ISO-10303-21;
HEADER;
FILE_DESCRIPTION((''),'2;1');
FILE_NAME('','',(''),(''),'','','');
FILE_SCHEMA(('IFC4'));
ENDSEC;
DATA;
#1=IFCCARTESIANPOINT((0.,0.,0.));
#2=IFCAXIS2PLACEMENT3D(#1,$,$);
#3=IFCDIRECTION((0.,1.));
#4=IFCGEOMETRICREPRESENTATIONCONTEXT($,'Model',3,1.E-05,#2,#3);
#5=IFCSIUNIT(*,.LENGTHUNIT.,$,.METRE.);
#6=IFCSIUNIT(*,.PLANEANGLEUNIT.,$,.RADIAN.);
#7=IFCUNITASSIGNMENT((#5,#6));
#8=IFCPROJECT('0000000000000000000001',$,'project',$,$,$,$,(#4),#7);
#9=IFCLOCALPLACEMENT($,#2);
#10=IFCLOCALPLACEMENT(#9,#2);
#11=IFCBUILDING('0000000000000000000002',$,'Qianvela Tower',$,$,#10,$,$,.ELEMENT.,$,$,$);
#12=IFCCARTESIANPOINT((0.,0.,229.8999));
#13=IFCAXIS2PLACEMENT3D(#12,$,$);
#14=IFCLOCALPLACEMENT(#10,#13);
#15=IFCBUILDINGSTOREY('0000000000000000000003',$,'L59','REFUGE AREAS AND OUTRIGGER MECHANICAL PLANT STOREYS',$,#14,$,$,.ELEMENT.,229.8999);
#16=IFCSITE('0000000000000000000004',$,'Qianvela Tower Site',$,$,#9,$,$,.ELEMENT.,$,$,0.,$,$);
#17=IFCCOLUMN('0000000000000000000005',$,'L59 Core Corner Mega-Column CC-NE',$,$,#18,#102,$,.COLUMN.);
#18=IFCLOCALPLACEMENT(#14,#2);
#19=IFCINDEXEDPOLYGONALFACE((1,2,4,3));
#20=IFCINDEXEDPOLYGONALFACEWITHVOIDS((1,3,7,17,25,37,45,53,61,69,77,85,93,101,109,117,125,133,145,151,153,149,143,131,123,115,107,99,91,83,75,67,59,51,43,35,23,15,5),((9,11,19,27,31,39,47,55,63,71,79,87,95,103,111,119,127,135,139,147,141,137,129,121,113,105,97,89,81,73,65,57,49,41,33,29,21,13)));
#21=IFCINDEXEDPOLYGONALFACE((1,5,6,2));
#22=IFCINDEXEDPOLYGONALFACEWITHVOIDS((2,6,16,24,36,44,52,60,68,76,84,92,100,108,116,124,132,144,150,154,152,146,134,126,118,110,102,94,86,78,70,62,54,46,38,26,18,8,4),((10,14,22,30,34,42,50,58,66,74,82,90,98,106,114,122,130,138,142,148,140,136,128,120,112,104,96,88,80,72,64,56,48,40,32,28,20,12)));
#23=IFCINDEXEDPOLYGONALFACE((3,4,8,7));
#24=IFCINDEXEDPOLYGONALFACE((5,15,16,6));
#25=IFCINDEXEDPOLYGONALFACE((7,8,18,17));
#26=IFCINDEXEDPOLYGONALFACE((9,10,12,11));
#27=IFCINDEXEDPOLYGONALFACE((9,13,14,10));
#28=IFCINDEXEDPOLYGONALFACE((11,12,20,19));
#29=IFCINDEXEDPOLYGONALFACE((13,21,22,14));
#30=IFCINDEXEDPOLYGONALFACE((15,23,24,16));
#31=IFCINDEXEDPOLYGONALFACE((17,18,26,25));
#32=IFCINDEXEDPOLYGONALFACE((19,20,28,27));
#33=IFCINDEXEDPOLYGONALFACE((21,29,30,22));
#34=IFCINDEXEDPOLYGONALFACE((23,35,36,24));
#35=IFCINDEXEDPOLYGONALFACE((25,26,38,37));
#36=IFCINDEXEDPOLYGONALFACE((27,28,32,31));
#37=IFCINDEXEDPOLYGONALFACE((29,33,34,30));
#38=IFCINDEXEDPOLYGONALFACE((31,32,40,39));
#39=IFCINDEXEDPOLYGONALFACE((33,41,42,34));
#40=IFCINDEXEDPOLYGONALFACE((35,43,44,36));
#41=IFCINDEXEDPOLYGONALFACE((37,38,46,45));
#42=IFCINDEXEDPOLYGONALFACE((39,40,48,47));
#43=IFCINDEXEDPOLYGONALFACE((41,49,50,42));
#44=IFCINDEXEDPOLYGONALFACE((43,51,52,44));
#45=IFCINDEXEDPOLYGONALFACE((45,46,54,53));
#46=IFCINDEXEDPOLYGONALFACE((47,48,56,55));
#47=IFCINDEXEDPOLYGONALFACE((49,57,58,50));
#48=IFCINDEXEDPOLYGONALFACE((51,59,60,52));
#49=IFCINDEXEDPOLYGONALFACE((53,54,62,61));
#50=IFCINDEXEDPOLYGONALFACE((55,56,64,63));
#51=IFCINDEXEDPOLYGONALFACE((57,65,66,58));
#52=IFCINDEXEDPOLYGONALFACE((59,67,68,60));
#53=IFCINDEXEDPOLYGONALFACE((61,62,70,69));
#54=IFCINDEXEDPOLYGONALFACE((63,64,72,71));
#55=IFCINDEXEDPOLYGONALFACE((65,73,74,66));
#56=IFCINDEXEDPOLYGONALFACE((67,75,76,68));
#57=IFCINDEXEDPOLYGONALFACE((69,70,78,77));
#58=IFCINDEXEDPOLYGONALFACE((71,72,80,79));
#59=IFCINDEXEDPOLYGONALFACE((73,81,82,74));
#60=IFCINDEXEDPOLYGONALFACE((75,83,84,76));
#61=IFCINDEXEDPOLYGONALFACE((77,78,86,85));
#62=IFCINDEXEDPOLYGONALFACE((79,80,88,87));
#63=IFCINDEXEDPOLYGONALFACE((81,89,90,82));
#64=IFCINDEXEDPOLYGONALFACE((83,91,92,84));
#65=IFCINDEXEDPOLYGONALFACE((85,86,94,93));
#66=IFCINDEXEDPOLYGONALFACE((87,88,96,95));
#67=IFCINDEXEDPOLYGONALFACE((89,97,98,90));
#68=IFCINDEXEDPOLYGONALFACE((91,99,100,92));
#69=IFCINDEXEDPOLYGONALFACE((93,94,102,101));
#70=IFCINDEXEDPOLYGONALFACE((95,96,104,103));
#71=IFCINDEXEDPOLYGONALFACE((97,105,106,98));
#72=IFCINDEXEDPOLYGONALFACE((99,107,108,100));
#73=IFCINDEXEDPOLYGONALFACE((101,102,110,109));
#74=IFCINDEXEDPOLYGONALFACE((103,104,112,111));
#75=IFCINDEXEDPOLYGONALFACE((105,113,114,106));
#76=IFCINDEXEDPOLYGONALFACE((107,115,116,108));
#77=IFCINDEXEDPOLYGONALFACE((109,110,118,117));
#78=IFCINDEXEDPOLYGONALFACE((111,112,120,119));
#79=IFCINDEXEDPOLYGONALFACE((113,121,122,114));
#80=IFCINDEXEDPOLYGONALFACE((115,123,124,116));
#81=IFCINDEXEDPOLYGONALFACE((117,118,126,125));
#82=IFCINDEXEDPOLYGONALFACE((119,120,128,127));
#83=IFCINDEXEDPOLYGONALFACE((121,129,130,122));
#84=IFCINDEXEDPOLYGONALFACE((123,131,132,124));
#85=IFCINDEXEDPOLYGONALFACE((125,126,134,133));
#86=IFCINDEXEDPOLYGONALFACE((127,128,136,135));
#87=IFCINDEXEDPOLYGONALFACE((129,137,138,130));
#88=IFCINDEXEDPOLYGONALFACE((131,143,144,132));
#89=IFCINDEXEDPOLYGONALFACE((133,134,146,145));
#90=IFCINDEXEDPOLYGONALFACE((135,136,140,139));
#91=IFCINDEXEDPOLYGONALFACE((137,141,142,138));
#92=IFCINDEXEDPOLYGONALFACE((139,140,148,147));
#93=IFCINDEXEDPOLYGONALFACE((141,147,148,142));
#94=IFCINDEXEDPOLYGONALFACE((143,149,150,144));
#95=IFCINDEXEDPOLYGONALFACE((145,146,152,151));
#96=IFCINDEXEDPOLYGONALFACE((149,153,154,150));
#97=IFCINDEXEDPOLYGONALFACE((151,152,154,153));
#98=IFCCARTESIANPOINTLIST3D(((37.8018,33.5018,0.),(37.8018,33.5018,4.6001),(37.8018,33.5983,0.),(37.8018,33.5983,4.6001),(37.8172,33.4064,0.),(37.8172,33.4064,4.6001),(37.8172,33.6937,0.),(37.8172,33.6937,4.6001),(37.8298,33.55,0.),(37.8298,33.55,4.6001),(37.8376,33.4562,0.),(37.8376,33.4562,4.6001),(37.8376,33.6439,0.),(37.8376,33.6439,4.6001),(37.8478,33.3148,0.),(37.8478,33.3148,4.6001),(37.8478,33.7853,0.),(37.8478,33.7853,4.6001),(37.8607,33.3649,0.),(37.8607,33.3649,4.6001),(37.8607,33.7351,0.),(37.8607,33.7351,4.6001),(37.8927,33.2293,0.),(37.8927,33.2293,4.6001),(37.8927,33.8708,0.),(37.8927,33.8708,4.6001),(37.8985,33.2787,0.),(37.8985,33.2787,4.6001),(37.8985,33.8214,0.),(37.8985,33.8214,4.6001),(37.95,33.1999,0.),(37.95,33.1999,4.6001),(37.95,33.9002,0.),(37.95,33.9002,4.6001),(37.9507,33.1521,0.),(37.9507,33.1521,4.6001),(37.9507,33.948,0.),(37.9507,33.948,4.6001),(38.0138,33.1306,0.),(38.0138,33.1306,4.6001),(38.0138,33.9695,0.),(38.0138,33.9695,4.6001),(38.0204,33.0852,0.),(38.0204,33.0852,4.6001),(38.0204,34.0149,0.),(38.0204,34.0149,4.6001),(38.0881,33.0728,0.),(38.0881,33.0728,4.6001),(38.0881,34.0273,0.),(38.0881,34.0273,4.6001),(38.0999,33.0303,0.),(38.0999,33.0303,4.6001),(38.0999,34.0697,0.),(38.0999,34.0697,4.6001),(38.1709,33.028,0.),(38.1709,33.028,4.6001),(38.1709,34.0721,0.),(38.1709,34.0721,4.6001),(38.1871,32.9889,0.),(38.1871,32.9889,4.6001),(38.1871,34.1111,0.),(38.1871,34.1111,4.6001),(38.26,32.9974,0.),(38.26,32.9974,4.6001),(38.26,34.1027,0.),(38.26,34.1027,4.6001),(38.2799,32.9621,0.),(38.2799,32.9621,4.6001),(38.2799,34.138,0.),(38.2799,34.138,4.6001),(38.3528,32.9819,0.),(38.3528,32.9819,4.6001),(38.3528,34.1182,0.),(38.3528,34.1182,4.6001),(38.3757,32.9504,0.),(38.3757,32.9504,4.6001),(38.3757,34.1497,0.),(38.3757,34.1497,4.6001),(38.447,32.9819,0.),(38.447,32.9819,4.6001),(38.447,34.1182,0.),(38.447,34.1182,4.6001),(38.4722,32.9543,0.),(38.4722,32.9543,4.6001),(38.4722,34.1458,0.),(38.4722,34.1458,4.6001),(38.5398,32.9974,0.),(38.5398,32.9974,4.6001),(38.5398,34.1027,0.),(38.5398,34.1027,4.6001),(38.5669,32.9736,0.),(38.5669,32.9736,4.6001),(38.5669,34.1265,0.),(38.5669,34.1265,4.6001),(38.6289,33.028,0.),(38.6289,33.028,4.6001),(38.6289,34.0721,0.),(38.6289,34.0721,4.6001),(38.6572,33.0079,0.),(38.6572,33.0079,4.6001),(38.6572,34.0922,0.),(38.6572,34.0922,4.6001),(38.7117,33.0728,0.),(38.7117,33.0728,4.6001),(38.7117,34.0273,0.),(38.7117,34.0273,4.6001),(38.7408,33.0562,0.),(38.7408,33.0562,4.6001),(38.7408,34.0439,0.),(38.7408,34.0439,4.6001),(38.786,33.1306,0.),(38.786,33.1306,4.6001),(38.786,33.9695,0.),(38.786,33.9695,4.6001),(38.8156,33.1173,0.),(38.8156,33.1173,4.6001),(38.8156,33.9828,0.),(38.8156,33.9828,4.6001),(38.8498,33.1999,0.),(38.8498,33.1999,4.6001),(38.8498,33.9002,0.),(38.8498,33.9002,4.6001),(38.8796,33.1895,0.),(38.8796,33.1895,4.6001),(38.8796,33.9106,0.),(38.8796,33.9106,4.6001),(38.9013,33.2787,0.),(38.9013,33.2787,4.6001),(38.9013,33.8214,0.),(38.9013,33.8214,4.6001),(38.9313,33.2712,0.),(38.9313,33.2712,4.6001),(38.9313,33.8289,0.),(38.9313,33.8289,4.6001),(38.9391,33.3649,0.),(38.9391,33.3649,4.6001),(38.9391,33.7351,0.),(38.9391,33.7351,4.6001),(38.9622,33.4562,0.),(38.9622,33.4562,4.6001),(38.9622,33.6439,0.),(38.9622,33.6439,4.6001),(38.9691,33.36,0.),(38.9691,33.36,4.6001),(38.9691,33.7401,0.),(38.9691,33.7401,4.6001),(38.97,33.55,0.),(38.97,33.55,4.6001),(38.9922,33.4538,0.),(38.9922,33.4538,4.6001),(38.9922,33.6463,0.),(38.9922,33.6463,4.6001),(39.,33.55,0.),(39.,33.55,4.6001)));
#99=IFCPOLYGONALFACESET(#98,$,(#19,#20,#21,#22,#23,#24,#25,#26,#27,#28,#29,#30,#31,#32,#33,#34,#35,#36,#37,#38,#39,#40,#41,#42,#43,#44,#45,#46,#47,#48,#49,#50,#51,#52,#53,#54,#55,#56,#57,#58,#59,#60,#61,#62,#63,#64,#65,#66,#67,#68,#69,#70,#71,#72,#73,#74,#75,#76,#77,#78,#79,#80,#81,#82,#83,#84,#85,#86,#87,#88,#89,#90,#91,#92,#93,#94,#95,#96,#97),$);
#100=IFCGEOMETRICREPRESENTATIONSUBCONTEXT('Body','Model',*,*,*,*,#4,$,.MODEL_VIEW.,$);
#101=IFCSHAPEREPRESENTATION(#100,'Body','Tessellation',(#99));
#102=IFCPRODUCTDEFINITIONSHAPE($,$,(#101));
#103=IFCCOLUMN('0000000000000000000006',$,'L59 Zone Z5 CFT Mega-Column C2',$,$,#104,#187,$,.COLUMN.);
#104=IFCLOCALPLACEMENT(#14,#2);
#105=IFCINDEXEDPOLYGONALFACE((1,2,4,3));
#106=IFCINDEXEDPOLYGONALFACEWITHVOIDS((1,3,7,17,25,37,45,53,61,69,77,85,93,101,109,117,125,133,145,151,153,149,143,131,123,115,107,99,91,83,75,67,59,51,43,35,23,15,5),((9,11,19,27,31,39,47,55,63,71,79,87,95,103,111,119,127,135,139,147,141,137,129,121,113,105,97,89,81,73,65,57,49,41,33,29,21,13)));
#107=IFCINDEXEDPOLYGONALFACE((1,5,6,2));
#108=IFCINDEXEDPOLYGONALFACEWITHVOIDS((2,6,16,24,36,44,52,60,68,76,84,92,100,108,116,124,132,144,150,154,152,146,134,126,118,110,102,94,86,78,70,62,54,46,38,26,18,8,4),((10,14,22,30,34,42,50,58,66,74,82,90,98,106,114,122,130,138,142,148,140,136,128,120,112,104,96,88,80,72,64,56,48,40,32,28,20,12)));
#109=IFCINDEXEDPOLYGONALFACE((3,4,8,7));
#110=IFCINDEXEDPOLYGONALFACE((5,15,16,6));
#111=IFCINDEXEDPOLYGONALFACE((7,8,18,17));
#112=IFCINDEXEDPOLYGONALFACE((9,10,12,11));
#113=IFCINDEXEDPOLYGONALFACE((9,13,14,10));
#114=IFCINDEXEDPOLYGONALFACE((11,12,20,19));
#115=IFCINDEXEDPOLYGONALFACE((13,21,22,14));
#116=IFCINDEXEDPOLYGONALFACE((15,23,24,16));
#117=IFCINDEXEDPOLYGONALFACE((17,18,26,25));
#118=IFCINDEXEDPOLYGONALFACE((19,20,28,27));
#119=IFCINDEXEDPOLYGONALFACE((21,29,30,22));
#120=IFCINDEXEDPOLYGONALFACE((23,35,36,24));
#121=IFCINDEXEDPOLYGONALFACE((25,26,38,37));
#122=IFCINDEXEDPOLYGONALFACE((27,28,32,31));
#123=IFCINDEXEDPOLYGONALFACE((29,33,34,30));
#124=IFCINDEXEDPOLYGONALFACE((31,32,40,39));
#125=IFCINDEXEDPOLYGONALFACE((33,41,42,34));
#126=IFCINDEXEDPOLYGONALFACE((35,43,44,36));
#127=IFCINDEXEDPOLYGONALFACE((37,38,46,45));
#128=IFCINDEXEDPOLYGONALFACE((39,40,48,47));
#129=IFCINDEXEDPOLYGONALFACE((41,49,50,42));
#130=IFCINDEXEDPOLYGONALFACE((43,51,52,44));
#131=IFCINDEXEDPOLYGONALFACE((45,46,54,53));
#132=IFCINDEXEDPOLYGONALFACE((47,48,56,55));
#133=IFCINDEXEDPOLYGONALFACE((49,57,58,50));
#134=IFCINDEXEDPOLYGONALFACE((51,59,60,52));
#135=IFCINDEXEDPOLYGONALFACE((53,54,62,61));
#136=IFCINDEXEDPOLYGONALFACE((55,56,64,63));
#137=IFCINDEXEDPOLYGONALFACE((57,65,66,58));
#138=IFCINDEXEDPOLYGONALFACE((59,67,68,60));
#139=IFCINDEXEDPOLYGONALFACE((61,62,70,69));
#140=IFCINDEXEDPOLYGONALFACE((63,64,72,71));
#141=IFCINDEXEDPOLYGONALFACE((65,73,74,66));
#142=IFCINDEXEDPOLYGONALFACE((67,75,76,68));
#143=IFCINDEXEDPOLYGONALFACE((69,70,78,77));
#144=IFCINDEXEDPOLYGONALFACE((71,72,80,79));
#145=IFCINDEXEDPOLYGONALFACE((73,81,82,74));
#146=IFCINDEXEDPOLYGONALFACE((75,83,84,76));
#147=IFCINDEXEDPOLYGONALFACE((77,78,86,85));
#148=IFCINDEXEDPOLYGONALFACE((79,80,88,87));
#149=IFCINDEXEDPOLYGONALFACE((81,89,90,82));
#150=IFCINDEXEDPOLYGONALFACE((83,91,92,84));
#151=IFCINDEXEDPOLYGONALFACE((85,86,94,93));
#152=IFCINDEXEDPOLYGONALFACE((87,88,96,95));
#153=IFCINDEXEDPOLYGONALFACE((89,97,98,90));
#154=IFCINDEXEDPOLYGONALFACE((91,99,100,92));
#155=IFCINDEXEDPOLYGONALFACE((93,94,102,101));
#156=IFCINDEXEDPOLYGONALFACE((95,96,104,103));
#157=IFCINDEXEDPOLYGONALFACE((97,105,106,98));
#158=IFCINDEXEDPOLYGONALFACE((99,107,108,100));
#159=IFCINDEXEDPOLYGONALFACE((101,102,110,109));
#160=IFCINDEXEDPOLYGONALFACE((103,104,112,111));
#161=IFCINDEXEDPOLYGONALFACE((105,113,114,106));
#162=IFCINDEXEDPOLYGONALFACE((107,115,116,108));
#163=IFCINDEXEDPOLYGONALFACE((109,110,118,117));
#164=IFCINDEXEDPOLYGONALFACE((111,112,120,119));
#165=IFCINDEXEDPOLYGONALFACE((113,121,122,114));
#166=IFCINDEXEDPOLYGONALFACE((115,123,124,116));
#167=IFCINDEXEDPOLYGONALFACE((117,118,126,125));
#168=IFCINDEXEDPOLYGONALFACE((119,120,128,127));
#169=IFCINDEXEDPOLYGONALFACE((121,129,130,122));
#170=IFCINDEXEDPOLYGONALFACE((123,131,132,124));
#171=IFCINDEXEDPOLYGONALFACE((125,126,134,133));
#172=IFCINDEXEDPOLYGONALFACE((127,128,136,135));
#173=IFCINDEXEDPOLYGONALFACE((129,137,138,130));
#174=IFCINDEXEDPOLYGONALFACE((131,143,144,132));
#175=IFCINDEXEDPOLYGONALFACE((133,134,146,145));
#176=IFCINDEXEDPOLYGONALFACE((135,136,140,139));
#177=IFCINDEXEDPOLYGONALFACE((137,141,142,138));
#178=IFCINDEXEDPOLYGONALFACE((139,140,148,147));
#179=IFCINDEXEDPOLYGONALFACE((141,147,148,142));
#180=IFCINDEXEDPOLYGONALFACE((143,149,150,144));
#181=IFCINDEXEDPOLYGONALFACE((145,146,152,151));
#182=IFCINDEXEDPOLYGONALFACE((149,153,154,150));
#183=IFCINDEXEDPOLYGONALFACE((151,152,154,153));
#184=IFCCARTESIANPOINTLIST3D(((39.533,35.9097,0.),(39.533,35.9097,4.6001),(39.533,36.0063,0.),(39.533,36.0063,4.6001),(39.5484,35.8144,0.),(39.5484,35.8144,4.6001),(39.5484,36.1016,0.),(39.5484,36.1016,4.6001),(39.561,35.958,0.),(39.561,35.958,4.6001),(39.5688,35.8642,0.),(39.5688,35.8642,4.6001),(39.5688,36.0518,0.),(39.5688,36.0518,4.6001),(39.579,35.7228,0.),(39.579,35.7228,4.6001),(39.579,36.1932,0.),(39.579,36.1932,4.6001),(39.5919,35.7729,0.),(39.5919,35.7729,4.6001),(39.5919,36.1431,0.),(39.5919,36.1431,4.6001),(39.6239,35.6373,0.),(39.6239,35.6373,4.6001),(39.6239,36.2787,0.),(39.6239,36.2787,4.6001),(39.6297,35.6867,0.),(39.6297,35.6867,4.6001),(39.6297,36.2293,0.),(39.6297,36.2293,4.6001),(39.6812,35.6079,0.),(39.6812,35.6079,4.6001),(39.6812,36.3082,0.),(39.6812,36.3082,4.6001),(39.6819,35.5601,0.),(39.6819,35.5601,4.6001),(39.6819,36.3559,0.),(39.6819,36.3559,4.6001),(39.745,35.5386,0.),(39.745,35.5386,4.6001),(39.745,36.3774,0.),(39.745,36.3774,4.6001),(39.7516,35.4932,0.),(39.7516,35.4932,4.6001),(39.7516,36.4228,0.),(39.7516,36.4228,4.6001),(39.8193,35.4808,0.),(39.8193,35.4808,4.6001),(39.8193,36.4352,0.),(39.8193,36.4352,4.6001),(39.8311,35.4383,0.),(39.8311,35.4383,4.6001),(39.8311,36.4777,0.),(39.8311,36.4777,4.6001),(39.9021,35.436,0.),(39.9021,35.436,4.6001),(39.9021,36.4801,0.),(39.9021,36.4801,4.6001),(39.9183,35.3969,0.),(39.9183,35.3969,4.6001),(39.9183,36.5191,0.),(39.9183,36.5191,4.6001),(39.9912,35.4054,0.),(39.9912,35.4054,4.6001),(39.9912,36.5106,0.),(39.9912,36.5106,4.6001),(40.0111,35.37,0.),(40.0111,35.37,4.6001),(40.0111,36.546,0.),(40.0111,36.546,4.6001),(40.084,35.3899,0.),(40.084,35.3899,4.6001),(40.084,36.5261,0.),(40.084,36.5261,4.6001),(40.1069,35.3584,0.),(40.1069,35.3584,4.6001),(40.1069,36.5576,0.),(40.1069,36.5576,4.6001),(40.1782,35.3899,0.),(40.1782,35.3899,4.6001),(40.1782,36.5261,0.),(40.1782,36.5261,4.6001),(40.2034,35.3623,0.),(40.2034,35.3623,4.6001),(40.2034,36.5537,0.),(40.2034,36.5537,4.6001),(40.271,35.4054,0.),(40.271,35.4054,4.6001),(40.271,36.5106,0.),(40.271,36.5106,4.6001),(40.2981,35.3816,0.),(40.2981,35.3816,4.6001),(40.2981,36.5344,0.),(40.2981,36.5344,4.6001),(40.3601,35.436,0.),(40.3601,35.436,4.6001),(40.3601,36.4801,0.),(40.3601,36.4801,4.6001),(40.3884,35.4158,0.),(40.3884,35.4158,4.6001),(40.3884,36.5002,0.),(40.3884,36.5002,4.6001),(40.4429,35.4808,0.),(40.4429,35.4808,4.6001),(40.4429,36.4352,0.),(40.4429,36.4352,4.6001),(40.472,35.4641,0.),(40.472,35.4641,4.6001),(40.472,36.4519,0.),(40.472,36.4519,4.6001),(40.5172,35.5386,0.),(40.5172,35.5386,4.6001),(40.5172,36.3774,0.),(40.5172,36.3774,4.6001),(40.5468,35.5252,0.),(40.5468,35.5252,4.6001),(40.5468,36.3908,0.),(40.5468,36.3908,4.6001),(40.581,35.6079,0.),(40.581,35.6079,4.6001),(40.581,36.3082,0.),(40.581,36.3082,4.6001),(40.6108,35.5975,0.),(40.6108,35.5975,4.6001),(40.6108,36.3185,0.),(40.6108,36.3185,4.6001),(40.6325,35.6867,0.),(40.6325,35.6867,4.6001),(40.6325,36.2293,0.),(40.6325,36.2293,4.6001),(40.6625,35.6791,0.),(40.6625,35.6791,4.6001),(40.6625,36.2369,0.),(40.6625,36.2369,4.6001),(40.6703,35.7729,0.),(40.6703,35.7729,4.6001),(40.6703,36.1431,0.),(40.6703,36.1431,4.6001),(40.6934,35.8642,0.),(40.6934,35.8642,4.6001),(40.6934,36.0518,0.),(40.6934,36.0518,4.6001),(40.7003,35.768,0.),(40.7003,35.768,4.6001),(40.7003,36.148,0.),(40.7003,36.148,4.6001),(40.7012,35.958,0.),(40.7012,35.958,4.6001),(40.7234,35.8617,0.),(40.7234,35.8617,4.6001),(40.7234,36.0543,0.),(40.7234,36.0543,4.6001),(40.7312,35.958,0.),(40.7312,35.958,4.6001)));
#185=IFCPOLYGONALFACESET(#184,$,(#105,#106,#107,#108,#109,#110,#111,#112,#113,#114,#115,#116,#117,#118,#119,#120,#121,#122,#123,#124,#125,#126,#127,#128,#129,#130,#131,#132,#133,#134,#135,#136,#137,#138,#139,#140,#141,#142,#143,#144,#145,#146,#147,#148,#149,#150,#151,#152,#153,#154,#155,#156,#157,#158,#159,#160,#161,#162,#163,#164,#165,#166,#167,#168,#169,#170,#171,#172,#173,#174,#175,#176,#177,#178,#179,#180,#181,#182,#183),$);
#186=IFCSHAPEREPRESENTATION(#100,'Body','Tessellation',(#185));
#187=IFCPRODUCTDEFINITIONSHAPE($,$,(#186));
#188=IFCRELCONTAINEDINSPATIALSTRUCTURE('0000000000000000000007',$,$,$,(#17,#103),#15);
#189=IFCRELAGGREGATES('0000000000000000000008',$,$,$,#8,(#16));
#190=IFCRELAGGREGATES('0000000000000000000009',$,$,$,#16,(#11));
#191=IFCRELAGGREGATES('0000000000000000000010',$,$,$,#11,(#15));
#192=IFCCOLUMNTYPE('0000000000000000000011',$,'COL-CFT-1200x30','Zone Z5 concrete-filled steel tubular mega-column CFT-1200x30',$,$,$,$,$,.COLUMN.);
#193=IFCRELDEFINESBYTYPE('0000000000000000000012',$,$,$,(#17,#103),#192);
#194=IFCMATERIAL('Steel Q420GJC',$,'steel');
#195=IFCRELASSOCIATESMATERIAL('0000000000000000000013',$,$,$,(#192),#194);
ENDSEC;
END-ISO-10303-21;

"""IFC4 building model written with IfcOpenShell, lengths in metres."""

from ifc_helpers import new_model, si_unit, direction, frame, origin, origin_2d, place, context, subcontext, project, spatial, hollow_circle, extrude, material, material_profile, profile_set, type_object, element, save


model = new_model("IFC4")

# Units and contexts
model_context = context("Model", 3, precision=1e-05, world=origin(), true_north=direction((0.0, 1.0)))
body_context = subcontext(model_context, "Body", "Model", "MODEL_VIEW")
ifc_project = project(units=[si_unit("LENGTHUNIT", "METRE"), si_unit("PLANEANGLEUNIT", "RADIAN")], contexts=[model_context])

# Site, building, storey
site_placement = place(None, origin())
site = spatial("IfcSite", under=ifc_project, at=site_placement, Name="Qianvela Tower Site", CompositionType="ELEMENT", RefElevation=0.0)
building_placement = place(site_placement, origin())
building = spatial("IfcBuilding", under=site, at=building_placement, Name="Qianvela Tower", CompositionType="ELEMENT")
storey_placement = place(building_placement, frame((0.0, 0.0, 229.8999)))
storey = spatial("IfcBuildingStorey", under=building, at=storey_placement, Name="L59", Description="REFUGE AREAS AND OUTRIGGER MECHANICAL PLANT STOREYS", CompositionType="ELEMENT", Elevation=229.8999)

# Columns
ifc_material_1 = material(Name="Steel Q420GJC", Category="steel")
ifc_material_profile_1 = material_profile(ifc_material_1, hollow_circle(Radius=0.6001, WallThickness=0.03, at=origin_2d()), Name="CFT-1200x30")
ifc_profile_set_1 = profile_set([ifc_material_profile_1], Name="Steel Q420GJC")
column_type = type_object("IfcColumnType", Name="COL-CFT-1200x30", Description="Zone Z5 concrete-filled steel tubular mega-column CFT-1200x30", PredefinedType="COLUMN", material=ifc_profile_set_1)
for number, where, z_axis, x_axis, name in (
    (1, (38.3999, 33.55, 0.0), (0.0, 0.0, 1.0), (1.0, 0.0, 0.0), "L59 Core Corner Mega-Column CC-NE"),
    (2, (40.1311, 35.958, 0.0), (0.0, 0.0, 1.0), (1.0, 0.0, 0.0), "L59 Zone Z5 CFT Mega-Column C2"),
):
    element("IfcColumn", number, at=place(storey_placement, frame(where, z_axis=z_axis, x_axis=x_axis)), inside=storey, type_object=column_type, Name=name, PredefinedType="COLUMN", context=body_context, shape_type="SweptSolid", body=[
        extrude(hollow_circle(Radius=0.6001, WallThickness=0.03, at=origin_2d()), origin(), (0.0, 0.0, 1.0), 4.6001),
    ])

save(model, "model.ifc")
